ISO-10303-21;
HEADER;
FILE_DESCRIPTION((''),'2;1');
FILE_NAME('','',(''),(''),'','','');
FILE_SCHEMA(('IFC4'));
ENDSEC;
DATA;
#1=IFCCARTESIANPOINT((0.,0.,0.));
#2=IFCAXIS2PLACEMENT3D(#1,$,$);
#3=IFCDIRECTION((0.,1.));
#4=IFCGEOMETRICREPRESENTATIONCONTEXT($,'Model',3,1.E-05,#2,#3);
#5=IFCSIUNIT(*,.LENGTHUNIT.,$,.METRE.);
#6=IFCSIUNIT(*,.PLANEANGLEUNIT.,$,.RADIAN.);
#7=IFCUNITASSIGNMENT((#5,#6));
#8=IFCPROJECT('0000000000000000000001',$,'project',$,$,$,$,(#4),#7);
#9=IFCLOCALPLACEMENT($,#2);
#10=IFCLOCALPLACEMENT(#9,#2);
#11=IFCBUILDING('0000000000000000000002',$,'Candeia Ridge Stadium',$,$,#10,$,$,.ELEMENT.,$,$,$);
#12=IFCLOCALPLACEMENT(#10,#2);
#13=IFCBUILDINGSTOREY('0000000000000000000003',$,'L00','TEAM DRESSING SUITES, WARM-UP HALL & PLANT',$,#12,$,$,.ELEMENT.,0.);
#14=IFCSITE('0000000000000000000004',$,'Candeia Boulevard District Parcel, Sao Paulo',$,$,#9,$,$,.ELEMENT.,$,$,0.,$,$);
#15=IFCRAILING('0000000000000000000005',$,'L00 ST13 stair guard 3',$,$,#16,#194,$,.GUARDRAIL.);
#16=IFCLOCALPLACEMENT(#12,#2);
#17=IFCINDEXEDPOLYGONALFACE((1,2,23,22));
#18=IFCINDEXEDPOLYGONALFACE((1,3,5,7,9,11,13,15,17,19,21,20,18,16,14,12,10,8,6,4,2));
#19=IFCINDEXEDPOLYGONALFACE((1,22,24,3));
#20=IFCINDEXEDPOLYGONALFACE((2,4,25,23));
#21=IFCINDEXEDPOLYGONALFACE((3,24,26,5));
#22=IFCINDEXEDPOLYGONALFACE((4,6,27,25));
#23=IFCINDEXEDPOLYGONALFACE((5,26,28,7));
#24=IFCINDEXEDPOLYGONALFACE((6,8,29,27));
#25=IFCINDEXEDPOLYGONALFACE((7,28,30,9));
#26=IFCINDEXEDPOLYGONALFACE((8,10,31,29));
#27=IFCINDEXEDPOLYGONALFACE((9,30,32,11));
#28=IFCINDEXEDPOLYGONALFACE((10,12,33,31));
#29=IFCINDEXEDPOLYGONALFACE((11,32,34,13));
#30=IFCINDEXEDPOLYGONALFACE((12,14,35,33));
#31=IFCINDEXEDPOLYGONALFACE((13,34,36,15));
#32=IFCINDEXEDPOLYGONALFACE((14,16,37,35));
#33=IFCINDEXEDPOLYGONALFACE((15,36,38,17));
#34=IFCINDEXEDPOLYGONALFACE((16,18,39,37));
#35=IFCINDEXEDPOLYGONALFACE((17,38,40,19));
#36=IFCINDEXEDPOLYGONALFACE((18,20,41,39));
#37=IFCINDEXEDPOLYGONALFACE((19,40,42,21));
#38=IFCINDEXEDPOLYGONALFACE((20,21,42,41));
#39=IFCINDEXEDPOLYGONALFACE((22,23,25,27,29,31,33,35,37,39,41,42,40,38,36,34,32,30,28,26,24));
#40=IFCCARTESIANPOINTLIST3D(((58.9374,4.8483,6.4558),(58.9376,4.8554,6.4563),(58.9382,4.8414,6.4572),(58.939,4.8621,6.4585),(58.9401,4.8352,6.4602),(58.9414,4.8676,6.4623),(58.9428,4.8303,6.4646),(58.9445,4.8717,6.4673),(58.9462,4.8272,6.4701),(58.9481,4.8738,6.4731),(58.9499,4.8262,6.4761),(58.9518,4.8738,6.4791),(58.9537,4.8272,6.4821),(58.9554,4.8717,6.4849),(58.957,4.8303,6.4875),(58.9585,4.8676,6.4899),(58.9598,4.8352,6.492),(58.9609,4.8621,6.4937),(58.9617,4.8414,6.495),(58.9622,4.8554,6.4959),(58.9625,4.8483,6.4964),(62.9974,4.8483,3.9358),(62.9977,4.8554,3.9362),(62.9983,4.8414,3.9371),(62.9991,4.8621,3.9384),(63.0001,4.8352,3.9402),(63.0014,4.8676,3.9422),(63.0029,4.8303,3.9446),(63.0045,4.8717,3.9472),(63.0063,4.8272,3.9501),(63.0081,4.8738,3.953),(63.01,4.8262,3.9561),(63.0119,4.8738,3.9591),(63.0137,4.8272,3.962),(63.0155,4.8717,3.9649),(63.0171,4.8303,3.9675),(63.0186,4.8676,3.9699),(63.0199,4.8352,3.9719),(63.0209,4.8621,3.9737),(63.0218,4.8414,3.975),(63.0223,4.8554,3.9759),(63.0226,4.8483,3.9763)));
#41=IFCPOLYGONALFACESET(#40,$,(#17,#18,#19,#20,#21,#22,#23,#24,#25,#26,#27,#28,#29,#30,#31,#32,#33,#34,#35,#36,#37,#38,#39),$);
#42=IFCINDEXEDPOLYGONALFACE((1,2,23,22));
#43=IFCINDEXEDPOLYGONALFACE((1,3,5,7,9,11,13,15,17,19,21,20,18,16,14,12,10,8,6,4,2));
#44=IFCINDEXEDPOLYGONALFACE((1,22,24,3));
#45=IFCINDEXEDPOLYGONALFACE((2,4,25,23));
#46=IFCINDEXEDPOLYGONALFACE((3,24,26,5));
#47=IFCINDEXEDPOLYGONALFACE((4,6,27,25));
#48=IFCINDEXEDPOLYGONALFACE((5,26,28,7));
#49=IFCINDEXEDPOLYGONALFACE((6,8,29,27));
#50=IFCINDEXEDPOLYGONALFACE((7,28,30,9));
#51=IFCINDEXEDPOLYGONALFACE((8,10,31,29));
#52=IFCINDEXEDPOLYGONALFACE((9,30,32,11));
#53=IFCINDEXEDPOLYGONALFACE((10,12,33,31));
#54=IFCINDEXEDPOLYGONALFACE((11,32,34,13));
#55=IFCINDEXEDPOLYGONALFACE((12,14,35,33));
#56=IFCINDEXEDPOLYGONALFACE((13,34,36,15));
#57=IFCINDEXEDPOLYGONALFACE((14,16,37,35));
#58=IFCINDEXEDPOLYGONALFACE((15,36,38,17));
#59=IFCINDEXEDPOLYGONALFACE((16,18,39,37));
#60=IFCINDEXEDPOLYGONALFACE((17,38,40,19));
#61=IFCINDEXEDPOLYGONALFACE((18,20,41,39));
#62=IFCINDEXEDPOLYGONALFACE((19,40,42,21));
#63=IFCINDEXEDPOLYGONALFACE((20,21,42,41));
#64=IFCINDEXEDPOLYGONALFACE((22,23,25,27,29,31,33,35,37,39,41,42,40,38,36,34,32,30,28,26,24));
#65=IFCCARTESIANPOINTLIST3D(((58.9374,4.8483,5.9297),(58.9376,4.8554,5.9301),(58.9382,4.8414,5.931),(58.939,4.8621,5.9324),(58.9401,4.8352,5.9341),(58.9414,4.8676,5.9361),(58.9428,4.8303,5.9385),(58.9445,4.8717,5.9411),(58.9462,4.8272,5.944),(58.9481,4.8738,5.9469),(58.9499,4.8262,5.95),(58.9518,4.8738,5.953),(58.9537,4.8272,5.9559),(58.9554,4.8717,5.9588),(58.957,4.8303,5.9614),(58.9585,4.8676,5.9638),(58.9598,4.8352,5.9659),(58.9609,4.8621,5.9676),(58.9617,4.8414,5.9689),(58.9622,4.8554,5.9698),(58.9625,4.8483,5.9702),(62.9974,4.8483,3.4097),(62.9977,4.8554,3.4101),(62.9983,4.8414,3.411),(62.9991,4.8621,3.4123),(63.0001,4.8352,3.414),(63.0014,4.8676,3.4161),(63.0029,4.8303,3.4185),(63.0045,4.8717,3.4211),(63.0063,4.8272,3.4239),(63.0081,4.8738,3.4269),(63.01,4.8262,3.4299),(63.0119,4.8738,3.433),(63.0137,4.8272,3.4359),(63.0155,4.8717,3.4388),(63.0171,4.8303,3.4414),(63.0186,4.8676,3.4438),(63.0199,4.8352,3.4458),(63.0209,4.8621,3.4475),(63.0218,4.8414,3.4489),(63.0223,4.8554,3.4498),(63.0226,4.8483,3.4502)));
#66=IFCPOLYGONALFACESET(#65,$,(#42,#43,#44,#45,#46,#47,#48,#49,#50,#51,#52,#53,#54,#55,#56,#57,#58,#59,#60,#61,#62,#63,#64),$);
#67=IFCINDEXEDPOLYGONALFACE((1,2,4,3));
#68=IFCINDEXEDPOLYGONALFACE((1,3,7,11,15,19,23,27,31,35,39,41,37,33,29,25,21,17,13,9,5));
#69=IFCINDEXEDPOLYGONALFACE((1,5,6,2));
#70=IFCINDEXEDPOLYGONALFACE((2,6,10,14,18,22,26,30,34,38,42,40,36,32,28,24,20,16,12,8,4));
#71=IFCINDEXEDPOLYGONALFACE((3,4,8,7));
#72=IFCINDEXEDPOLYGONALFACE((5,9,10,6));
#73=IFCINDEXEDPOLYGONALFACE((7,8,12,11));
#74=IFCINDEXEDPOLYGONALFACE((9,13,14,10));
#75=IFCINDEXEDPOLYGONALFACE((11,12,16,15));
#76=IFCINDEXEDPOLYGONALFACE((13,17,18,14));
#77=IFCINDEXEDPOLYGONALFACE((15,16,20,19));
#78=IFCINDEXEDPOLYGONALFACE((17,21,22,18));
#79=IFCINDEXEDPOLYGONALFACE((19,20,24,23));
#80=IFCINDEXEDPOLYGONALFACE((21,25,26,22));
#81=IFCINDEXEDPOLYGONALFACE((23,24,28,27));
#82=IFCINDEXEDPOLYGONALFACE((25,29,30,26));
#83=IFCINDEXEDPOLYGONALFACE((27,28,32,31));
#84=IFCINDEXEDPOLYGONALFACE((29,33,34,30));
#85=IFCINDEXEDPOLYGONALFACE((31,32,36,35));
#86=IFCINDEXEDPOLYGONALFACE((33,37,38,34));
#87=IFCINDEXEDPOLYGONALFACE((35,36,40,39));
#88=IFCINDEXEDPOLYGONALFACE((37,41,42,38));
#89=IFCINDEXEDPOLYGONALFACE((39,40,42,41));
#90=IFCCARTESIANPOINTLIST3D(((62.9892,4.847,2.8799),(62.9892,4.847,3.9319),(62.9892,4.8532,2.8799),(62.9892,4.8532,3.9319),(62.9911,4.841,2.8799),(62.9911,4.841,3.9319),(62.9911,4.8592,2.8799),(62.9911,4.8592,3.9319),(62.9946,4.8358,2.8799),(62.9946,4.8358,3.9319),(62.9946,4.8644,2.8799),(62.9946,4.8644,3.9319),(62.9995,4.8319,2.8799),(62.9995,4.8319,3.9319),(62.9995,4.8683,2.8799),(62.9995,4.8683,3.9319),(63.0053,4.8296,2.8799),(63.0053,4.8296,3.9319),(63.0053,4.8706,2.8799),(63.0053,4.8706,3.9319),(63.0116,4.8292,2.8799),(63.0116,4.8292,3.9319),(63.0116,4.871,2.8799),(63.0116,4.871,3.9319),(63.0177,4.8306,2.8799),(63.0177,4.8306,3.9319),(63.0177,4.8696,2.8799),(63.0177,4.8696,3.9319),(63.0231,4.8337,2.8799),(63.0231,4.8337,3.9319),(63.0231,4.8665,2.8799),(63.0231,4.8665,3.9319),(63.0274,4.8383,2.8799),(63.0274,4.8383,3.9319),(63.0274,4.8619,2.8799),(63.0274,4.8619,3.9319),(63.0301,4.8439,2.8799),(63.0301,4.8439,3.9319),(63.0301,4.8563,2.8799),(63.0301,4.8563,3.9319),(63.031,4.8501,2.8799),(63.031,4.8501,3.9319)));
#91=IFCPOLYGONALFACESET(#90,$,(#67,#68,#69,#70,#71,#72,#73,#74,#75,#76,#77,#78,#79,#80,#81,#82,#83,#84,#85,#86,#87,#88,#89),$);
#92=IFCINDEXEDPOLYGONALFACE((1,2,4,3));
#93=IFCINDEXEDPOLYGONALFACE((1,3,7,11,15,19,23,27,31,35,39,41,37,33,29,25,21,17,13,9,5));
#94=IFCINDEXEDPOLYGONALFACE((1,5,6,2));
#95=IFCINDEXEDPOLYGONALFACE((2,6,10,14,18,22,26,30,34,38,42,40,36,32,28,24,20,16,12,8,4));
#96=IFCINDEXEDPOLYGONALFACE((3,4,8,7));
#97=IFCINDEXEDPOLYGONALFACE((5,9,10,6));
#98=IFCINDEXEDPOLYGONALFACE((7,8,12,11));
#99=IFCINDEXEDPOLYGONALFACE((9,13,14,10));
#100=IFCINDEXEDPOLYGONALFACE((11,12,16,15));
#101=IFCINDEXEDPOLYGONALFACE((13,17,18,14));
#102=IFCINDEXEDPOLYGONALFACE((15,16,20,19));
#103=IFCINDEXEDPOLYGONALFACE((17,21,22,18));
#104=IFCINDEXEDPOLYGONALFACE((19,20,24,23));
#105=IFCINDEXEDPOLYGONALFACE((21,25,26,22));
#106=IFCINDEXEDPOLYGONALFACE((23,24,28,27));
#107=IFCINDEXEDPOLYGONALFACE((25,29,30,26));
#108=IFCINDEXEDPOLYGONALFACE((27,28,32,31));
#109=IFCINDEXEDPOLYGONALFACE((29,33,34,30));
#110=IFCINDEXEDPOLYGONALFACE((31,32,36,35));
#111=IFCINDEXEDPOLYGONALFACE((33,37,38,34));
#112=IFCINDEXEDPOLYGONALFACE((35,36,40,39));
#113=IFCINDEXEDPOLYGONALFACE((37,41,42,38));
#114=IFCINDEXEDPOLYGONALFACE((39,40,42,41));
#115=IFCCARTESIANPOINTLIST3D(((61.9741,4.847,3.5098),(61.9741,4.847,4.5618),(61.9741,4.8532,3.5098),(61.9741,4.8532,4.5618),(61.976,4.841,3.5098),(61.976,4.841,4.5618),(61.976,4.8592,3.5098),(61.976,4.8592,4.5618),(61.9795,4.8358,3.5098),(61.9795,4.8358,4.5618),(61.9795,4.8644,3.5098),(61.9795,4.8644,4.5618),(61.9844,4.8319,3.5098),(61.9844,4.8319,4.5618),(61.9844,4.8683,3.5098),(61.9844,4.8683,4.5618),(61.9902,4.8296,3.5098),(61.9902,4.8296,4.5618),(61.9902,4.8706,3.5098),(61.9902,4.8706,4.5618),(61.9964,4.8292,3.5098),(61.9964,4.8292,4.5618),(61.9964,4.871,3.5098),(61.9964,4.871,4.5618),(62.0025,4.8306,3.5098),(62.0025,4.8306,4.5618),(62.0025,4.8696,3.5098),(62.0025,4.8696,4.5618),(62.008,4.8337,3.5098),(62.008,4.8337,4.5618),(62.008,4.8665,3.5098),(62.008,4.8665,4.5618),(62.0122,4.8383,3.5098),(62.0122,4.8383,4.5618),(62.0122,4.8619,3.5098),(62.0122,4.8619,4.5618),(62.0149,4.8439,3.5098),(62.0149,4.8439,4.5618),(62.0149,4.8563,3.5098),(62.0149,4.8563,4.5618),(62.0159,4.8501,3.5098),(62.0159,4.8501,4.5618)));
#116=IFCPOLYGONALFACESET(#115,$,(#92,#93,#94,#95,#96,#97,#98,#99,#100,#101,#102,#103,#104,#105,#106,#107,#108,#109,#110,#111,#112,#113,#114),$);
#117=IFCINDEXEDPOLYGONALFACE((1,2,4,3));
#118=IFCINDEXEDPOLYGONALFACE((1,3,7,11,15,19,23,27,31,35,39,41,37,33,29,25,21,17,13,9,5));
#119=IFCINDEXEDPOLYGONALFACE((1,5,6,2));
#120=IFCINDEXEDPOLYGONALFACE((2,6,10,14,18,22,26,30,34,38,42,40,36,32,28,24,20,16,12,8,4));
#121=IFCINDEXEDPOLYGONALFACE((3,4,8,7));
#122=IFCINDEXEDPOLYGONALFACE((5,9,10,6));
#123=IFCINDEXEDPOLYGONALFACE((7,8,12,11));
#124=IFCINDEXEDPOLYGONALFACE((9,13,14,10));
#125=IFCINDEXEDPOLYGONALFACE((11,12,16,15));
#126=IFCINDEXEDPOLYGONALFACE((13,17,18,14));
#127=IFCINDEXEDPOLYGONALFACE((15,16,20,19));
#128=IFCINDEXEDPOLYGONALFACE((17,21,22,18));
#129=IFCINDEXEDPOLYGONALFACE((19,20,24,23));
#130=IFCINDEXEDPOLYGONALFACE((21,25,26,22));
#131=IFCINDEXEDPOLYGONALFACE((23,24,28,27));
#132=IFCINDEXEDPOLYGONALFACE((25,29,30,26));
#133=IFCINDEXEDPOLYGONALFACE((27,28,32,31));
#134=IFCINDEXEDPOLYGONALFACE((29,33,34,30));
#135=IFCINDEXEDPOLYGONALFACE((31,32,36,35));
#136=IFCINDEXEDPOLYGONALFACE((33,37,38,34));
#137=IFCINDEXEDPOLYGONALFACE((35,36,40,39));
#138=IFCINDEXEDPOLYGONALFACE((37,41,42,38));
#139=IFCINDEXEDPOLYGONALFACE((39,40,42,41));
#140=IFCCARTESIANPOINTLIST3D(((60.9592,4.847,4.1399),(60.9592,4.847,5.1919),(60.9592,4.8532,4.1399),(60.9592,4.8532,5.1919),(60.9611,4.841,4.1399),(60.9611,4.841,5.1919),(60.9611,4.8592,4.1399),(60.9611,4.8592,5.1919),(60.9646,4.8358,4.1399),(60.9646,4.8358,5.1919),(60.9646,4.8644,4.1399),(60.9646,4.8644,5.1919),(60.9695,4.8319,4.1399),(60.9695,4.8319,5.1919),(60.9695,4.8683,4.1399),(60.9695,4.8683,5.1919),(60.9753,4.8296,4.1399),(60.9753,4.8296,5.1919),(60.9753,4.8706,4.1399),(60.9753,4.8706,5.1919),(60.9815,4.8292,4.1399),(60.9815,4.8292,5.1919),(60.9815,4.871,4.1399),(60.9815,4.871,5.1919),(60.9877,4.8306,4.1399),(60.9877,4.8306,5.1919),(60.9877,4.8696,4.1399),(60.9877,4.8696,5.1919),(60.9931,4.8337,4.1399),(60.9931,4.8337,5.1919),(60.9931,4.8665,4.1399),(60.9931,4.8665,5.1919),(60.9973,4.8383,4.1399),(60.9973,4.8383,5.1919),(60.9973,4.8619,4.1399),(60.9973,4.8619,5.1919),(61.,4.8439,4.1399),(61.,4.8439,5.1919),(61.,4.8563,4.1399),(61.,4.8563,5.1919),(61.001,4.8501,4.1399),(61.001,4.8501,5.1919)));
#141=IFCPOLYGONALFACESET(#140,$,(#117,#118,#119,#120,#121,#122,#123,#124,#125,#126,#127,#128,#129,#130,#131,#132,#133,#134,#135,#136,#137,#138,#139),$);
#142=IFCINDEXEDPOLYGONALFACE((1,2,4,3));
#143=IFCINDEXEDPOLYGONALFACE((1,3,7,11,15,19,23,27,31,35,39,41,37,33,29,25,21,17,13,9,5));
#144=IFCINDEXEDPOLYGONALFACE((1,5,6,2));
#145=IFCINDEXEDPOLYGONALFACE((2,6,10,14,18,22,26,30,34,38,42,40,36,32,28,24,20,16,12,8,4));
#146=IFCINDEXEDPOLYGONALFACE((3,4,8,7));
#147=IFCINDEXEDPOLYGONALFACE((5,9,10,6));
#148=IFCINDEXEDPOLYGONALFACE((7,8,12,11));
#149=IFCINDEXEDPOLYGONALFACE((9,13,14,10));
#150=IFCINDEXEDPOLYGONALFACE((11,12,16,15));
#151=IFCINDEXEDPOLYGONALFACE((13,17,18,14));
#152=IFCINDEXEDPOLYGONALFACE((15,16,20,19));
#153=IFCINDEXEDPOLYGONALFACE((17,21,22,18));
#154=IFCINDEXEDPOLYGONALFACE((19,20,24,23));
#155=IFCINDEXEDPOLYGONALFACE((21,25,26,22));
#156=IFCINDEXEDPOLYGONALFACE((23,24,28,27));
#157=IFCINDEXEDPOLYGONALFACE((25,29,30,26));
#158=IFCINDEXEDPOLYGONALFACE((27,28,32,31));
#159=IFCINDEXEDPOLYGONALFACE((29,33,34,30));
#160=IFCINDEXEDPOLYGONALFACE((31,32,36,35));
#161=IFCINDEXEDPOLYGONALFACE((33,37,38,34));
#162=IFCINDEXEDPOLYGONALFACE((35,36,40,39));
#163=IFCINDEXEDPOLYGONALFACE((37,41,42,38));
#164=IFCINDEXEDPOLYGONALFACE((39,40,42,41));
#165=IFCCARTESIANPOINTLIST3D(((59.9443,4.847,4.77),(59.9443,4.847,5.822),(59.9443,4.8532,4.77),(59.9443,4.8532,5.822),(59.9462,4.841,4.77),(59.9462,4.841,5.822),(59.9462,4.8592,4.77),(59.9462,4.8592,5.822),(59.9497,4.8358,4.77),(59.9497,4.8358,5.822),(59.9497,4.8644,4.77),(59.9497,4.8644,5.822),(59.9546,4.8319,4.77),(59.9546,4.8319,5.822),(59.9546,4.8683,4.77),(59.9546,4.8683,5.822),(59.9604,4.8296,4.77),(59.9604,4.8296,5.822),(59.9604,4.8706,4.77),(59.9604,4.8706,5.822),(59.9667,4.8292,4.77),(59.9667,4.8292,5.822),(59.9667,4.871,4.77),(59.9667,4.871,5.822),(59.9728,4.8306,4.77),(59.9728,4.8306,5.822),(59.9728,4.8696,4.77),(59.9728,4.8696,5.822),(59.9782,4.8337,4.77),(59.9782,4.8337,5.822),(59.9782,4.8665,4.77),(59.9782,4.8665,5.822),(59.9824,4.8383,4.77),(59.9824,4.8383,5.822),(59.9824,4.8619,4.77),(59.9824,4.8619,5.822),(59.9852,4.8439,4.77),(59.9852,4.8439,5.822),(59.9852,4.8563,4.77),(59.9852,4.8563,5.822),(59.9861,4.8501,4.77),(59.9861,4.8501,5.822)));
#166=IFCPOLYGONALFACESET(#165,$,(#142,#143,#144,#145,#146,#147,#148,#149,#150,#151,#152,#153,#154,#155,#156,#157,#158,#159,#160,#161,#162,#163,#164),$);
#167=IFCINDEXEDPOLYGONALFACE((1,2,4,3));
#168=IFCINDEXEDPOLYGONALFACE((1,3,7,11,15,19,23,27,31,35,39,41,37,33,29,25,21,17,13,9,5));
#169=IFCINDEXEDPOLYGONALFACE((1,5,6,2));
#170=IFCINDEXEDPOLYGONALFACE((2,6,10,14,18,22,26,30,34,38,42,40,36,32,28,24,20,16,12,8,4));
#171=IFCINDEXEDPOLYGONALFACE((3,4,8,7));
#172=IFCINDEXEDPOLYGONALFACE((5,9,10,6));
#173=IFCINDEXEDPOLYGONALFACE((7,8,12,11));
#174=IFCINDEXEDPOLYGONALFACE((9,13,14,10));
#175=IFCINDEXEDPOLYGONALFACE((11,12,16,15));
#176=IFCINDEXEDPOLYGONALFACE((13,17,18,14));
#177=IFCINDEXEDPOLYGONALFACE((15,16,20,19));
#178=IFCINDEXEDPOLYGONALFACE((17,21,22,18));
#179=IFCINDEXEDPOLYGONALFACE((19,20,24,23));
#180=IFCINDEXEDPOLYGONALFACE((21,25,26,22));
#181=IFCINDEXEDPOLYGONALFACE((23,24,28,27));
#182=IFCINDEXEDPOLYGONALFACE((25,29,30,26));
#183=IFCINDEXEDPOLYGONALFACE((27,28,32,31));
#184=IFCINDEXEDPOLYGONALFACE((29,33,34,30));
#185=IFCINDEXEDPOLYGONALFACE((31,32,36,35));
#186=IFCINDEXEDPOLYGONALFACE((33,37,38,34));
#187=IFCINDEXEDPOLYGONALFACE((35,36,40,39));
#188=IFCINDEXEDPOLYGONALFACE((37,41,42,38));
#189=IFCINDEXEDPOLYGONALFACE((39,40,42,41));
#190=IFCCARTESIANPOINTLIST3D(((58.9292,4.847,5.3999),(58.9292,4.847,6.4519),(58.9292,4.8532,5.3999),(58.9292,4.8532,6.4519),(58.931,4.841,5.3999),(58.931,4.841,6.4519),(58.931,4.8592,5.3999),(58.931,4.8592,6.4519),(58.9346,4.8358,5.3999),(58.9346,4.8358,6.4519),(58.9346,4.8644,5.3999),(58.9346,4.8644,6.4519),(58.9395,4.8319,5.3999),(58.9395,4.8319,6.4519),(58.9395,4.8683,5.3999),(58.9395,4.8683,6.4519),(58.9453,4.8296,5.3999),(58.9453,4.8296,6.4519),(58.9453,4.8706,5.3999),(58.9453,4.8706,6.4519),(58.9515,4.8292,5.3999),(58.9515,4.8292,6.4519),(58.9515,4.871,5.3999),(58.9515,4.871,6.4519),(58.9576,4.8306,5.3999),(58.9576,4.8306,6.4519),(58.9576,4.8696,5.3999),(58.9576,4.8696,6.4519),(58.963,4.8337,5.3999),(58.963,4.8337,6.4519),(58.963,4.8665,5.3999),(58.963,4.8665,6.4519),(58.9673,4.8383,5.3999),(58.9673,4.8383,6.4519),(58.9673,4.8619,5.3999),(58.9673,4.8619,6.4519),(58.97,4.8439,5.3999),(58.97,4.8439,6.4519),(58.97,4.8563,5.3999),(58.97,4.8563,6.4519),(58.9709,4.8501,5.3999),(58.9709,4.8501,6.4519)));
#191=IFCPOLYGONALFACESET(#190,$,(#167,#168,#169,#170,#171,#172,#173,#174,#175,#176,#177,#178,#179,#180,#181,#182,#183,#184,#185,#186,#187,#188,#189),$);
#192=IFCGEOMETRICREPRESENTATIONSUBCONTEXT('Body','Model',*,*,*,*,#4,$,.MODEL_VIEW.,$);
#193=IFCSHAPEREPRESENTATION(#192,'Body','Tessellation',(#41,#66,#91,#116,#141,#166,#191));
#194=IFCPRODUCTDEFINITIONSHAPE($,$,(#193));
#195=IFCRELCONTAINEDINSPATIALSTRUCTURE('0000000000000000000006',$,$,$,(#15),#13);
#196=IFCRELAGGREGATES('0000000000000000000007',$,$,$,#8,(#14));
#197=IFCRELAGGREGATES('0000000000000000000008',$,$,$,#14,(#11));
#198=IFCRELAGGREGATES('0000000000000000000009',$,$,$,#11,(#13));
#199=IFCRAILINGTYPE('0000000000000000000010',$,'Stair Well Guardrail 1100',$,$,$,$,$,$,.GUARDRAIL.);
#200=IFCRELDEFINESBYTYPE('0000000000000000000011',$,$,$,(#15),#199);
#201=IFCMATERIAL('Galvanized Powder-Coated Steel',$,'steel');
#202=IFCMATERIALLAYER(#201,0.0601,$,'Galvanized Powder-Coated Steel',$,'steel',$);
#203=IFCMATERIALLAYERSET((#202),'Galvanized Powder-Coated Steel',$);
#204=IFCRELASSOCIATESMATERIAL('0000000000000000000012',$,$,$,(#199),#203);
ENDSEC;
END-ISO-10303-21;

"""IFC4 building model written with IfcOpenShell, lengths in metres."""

from ifc_helpers import new_model, si_unit, direction, frame, origin, origin_2d, place, context, subcontext, project, spatial, circle, extrude, material, layer, layer_set, type_object, element, save


model = new_model("IFC4")

# Units and contexts
model_context = context("Model", 3, precision=1e-05, world=origin(), true_north=direction((0.0, 1.0)))
body_context = subcontext(model_context, "Body", "Model", "MODEL_VIEW")
ifc_project = project(units=[si_unit("LENGTHUNIT", "METRE"), si_unit("PLANEANGLEUNIT", "RADIAN")], contexts=[model_context])

# Site, building, storey
site_placement = place(None, origin())
site = spatial("IfcSite", under=ifc_project, at=site_placement, Name="Candeia Boulevard District Parcel, Sao Paulo", CompositionType="ELEMENT", RefElevation=0.0)
building_placement = place(site_placement, origin())
building = spatial("IfcBuilding", under=site, at=building_placement, Name="Candeia Ridge Stadium", CompositionType="ELEMENT")
storey_placement = place(building_placement, origin())
storey = spatial("IfcBuildingStorey", under=building, at=storey_placement, Name="L00", Description="TEAM DRESSING SUITES, WARM-UP HALL & PLANT", CompositionType="ELEMENT", Elevation=0.0)

# Railing
ifc_material_1 = material(Name="Galvanized Powder-Coated Steel", Category="steel")
ifc_layer_1 = layer(ifc_material_1, 0.0601, Name="Galvanized Powder-Coated Steel", Category="steel")
ifc_layer_set_1 = layer_set([ifc_layer_1], Name="Galvanized Powder-Coated Steel")
railing_type_1 = type_object("IfcRailingType", Name="Stair Well Guardrail 1100", PredefinedType="GUARDRAIL", material=ifc_layer_set_1)
railing_1_placement = place(storey_placement, frame((63.01, 4.8501, 2.8799)))
element("IfcRailing", 1, at=railing_1_placement, inside=storey, type_object=railing_type_1, Name="L00 ST13 stair guard 3", PredefinedType="GUARDRAIL", context=body_context, shape_type="SweptSolid", body=[
    extrude(circle(Radius=0.0239, at=origin_2d()), frame((0.0, 0.0, 1.0762), z_axis=(-0.849642, 0.0, 0.52736), x_axis=(0.0, -1.0, 0.0)), (0.0, 0.0, 1.0), 4.7786),
    extrude(circle(Radius=0.0239, at=origin_2d()), frame((0.0, 0.0, 0.55), z_axis=(-0.849642, 0.0, 0.52736), x_axis=(0.0, -1.0, 0.0)), (0.0, 0.0, 1.0), 4.7786),
    extrude(circle(Radius=0.021, at=origin_2d()), origin(), (0.0, 0.0, 1.0), 1.052),
    extrude(circle(Radius=0.021, at=origin_2d()), frame((-1.0151, 0.0, 0.6299)), (0.0, 0.0, 1.0), 1.052),
    extrude(circle(Radius=0.021, at=origin_2d()), frame((-2.03, 0.0, 1.26)), (0.0, 0.0, 1.0), 1.052),
    extrude(circle(Radius=0.021, at=origin_2d()), frame((-3.0449, 0.0, 1.8901)), (0.0, 0.0, 1.0), 1.052),
    extrude(circle(Radius=0.021, at=origin_2d()), frame((-4.0601, 0.0, 2.52)), (0.0, 0.0, 1.0), 1.052),
])

save(model, "model.ifc")
